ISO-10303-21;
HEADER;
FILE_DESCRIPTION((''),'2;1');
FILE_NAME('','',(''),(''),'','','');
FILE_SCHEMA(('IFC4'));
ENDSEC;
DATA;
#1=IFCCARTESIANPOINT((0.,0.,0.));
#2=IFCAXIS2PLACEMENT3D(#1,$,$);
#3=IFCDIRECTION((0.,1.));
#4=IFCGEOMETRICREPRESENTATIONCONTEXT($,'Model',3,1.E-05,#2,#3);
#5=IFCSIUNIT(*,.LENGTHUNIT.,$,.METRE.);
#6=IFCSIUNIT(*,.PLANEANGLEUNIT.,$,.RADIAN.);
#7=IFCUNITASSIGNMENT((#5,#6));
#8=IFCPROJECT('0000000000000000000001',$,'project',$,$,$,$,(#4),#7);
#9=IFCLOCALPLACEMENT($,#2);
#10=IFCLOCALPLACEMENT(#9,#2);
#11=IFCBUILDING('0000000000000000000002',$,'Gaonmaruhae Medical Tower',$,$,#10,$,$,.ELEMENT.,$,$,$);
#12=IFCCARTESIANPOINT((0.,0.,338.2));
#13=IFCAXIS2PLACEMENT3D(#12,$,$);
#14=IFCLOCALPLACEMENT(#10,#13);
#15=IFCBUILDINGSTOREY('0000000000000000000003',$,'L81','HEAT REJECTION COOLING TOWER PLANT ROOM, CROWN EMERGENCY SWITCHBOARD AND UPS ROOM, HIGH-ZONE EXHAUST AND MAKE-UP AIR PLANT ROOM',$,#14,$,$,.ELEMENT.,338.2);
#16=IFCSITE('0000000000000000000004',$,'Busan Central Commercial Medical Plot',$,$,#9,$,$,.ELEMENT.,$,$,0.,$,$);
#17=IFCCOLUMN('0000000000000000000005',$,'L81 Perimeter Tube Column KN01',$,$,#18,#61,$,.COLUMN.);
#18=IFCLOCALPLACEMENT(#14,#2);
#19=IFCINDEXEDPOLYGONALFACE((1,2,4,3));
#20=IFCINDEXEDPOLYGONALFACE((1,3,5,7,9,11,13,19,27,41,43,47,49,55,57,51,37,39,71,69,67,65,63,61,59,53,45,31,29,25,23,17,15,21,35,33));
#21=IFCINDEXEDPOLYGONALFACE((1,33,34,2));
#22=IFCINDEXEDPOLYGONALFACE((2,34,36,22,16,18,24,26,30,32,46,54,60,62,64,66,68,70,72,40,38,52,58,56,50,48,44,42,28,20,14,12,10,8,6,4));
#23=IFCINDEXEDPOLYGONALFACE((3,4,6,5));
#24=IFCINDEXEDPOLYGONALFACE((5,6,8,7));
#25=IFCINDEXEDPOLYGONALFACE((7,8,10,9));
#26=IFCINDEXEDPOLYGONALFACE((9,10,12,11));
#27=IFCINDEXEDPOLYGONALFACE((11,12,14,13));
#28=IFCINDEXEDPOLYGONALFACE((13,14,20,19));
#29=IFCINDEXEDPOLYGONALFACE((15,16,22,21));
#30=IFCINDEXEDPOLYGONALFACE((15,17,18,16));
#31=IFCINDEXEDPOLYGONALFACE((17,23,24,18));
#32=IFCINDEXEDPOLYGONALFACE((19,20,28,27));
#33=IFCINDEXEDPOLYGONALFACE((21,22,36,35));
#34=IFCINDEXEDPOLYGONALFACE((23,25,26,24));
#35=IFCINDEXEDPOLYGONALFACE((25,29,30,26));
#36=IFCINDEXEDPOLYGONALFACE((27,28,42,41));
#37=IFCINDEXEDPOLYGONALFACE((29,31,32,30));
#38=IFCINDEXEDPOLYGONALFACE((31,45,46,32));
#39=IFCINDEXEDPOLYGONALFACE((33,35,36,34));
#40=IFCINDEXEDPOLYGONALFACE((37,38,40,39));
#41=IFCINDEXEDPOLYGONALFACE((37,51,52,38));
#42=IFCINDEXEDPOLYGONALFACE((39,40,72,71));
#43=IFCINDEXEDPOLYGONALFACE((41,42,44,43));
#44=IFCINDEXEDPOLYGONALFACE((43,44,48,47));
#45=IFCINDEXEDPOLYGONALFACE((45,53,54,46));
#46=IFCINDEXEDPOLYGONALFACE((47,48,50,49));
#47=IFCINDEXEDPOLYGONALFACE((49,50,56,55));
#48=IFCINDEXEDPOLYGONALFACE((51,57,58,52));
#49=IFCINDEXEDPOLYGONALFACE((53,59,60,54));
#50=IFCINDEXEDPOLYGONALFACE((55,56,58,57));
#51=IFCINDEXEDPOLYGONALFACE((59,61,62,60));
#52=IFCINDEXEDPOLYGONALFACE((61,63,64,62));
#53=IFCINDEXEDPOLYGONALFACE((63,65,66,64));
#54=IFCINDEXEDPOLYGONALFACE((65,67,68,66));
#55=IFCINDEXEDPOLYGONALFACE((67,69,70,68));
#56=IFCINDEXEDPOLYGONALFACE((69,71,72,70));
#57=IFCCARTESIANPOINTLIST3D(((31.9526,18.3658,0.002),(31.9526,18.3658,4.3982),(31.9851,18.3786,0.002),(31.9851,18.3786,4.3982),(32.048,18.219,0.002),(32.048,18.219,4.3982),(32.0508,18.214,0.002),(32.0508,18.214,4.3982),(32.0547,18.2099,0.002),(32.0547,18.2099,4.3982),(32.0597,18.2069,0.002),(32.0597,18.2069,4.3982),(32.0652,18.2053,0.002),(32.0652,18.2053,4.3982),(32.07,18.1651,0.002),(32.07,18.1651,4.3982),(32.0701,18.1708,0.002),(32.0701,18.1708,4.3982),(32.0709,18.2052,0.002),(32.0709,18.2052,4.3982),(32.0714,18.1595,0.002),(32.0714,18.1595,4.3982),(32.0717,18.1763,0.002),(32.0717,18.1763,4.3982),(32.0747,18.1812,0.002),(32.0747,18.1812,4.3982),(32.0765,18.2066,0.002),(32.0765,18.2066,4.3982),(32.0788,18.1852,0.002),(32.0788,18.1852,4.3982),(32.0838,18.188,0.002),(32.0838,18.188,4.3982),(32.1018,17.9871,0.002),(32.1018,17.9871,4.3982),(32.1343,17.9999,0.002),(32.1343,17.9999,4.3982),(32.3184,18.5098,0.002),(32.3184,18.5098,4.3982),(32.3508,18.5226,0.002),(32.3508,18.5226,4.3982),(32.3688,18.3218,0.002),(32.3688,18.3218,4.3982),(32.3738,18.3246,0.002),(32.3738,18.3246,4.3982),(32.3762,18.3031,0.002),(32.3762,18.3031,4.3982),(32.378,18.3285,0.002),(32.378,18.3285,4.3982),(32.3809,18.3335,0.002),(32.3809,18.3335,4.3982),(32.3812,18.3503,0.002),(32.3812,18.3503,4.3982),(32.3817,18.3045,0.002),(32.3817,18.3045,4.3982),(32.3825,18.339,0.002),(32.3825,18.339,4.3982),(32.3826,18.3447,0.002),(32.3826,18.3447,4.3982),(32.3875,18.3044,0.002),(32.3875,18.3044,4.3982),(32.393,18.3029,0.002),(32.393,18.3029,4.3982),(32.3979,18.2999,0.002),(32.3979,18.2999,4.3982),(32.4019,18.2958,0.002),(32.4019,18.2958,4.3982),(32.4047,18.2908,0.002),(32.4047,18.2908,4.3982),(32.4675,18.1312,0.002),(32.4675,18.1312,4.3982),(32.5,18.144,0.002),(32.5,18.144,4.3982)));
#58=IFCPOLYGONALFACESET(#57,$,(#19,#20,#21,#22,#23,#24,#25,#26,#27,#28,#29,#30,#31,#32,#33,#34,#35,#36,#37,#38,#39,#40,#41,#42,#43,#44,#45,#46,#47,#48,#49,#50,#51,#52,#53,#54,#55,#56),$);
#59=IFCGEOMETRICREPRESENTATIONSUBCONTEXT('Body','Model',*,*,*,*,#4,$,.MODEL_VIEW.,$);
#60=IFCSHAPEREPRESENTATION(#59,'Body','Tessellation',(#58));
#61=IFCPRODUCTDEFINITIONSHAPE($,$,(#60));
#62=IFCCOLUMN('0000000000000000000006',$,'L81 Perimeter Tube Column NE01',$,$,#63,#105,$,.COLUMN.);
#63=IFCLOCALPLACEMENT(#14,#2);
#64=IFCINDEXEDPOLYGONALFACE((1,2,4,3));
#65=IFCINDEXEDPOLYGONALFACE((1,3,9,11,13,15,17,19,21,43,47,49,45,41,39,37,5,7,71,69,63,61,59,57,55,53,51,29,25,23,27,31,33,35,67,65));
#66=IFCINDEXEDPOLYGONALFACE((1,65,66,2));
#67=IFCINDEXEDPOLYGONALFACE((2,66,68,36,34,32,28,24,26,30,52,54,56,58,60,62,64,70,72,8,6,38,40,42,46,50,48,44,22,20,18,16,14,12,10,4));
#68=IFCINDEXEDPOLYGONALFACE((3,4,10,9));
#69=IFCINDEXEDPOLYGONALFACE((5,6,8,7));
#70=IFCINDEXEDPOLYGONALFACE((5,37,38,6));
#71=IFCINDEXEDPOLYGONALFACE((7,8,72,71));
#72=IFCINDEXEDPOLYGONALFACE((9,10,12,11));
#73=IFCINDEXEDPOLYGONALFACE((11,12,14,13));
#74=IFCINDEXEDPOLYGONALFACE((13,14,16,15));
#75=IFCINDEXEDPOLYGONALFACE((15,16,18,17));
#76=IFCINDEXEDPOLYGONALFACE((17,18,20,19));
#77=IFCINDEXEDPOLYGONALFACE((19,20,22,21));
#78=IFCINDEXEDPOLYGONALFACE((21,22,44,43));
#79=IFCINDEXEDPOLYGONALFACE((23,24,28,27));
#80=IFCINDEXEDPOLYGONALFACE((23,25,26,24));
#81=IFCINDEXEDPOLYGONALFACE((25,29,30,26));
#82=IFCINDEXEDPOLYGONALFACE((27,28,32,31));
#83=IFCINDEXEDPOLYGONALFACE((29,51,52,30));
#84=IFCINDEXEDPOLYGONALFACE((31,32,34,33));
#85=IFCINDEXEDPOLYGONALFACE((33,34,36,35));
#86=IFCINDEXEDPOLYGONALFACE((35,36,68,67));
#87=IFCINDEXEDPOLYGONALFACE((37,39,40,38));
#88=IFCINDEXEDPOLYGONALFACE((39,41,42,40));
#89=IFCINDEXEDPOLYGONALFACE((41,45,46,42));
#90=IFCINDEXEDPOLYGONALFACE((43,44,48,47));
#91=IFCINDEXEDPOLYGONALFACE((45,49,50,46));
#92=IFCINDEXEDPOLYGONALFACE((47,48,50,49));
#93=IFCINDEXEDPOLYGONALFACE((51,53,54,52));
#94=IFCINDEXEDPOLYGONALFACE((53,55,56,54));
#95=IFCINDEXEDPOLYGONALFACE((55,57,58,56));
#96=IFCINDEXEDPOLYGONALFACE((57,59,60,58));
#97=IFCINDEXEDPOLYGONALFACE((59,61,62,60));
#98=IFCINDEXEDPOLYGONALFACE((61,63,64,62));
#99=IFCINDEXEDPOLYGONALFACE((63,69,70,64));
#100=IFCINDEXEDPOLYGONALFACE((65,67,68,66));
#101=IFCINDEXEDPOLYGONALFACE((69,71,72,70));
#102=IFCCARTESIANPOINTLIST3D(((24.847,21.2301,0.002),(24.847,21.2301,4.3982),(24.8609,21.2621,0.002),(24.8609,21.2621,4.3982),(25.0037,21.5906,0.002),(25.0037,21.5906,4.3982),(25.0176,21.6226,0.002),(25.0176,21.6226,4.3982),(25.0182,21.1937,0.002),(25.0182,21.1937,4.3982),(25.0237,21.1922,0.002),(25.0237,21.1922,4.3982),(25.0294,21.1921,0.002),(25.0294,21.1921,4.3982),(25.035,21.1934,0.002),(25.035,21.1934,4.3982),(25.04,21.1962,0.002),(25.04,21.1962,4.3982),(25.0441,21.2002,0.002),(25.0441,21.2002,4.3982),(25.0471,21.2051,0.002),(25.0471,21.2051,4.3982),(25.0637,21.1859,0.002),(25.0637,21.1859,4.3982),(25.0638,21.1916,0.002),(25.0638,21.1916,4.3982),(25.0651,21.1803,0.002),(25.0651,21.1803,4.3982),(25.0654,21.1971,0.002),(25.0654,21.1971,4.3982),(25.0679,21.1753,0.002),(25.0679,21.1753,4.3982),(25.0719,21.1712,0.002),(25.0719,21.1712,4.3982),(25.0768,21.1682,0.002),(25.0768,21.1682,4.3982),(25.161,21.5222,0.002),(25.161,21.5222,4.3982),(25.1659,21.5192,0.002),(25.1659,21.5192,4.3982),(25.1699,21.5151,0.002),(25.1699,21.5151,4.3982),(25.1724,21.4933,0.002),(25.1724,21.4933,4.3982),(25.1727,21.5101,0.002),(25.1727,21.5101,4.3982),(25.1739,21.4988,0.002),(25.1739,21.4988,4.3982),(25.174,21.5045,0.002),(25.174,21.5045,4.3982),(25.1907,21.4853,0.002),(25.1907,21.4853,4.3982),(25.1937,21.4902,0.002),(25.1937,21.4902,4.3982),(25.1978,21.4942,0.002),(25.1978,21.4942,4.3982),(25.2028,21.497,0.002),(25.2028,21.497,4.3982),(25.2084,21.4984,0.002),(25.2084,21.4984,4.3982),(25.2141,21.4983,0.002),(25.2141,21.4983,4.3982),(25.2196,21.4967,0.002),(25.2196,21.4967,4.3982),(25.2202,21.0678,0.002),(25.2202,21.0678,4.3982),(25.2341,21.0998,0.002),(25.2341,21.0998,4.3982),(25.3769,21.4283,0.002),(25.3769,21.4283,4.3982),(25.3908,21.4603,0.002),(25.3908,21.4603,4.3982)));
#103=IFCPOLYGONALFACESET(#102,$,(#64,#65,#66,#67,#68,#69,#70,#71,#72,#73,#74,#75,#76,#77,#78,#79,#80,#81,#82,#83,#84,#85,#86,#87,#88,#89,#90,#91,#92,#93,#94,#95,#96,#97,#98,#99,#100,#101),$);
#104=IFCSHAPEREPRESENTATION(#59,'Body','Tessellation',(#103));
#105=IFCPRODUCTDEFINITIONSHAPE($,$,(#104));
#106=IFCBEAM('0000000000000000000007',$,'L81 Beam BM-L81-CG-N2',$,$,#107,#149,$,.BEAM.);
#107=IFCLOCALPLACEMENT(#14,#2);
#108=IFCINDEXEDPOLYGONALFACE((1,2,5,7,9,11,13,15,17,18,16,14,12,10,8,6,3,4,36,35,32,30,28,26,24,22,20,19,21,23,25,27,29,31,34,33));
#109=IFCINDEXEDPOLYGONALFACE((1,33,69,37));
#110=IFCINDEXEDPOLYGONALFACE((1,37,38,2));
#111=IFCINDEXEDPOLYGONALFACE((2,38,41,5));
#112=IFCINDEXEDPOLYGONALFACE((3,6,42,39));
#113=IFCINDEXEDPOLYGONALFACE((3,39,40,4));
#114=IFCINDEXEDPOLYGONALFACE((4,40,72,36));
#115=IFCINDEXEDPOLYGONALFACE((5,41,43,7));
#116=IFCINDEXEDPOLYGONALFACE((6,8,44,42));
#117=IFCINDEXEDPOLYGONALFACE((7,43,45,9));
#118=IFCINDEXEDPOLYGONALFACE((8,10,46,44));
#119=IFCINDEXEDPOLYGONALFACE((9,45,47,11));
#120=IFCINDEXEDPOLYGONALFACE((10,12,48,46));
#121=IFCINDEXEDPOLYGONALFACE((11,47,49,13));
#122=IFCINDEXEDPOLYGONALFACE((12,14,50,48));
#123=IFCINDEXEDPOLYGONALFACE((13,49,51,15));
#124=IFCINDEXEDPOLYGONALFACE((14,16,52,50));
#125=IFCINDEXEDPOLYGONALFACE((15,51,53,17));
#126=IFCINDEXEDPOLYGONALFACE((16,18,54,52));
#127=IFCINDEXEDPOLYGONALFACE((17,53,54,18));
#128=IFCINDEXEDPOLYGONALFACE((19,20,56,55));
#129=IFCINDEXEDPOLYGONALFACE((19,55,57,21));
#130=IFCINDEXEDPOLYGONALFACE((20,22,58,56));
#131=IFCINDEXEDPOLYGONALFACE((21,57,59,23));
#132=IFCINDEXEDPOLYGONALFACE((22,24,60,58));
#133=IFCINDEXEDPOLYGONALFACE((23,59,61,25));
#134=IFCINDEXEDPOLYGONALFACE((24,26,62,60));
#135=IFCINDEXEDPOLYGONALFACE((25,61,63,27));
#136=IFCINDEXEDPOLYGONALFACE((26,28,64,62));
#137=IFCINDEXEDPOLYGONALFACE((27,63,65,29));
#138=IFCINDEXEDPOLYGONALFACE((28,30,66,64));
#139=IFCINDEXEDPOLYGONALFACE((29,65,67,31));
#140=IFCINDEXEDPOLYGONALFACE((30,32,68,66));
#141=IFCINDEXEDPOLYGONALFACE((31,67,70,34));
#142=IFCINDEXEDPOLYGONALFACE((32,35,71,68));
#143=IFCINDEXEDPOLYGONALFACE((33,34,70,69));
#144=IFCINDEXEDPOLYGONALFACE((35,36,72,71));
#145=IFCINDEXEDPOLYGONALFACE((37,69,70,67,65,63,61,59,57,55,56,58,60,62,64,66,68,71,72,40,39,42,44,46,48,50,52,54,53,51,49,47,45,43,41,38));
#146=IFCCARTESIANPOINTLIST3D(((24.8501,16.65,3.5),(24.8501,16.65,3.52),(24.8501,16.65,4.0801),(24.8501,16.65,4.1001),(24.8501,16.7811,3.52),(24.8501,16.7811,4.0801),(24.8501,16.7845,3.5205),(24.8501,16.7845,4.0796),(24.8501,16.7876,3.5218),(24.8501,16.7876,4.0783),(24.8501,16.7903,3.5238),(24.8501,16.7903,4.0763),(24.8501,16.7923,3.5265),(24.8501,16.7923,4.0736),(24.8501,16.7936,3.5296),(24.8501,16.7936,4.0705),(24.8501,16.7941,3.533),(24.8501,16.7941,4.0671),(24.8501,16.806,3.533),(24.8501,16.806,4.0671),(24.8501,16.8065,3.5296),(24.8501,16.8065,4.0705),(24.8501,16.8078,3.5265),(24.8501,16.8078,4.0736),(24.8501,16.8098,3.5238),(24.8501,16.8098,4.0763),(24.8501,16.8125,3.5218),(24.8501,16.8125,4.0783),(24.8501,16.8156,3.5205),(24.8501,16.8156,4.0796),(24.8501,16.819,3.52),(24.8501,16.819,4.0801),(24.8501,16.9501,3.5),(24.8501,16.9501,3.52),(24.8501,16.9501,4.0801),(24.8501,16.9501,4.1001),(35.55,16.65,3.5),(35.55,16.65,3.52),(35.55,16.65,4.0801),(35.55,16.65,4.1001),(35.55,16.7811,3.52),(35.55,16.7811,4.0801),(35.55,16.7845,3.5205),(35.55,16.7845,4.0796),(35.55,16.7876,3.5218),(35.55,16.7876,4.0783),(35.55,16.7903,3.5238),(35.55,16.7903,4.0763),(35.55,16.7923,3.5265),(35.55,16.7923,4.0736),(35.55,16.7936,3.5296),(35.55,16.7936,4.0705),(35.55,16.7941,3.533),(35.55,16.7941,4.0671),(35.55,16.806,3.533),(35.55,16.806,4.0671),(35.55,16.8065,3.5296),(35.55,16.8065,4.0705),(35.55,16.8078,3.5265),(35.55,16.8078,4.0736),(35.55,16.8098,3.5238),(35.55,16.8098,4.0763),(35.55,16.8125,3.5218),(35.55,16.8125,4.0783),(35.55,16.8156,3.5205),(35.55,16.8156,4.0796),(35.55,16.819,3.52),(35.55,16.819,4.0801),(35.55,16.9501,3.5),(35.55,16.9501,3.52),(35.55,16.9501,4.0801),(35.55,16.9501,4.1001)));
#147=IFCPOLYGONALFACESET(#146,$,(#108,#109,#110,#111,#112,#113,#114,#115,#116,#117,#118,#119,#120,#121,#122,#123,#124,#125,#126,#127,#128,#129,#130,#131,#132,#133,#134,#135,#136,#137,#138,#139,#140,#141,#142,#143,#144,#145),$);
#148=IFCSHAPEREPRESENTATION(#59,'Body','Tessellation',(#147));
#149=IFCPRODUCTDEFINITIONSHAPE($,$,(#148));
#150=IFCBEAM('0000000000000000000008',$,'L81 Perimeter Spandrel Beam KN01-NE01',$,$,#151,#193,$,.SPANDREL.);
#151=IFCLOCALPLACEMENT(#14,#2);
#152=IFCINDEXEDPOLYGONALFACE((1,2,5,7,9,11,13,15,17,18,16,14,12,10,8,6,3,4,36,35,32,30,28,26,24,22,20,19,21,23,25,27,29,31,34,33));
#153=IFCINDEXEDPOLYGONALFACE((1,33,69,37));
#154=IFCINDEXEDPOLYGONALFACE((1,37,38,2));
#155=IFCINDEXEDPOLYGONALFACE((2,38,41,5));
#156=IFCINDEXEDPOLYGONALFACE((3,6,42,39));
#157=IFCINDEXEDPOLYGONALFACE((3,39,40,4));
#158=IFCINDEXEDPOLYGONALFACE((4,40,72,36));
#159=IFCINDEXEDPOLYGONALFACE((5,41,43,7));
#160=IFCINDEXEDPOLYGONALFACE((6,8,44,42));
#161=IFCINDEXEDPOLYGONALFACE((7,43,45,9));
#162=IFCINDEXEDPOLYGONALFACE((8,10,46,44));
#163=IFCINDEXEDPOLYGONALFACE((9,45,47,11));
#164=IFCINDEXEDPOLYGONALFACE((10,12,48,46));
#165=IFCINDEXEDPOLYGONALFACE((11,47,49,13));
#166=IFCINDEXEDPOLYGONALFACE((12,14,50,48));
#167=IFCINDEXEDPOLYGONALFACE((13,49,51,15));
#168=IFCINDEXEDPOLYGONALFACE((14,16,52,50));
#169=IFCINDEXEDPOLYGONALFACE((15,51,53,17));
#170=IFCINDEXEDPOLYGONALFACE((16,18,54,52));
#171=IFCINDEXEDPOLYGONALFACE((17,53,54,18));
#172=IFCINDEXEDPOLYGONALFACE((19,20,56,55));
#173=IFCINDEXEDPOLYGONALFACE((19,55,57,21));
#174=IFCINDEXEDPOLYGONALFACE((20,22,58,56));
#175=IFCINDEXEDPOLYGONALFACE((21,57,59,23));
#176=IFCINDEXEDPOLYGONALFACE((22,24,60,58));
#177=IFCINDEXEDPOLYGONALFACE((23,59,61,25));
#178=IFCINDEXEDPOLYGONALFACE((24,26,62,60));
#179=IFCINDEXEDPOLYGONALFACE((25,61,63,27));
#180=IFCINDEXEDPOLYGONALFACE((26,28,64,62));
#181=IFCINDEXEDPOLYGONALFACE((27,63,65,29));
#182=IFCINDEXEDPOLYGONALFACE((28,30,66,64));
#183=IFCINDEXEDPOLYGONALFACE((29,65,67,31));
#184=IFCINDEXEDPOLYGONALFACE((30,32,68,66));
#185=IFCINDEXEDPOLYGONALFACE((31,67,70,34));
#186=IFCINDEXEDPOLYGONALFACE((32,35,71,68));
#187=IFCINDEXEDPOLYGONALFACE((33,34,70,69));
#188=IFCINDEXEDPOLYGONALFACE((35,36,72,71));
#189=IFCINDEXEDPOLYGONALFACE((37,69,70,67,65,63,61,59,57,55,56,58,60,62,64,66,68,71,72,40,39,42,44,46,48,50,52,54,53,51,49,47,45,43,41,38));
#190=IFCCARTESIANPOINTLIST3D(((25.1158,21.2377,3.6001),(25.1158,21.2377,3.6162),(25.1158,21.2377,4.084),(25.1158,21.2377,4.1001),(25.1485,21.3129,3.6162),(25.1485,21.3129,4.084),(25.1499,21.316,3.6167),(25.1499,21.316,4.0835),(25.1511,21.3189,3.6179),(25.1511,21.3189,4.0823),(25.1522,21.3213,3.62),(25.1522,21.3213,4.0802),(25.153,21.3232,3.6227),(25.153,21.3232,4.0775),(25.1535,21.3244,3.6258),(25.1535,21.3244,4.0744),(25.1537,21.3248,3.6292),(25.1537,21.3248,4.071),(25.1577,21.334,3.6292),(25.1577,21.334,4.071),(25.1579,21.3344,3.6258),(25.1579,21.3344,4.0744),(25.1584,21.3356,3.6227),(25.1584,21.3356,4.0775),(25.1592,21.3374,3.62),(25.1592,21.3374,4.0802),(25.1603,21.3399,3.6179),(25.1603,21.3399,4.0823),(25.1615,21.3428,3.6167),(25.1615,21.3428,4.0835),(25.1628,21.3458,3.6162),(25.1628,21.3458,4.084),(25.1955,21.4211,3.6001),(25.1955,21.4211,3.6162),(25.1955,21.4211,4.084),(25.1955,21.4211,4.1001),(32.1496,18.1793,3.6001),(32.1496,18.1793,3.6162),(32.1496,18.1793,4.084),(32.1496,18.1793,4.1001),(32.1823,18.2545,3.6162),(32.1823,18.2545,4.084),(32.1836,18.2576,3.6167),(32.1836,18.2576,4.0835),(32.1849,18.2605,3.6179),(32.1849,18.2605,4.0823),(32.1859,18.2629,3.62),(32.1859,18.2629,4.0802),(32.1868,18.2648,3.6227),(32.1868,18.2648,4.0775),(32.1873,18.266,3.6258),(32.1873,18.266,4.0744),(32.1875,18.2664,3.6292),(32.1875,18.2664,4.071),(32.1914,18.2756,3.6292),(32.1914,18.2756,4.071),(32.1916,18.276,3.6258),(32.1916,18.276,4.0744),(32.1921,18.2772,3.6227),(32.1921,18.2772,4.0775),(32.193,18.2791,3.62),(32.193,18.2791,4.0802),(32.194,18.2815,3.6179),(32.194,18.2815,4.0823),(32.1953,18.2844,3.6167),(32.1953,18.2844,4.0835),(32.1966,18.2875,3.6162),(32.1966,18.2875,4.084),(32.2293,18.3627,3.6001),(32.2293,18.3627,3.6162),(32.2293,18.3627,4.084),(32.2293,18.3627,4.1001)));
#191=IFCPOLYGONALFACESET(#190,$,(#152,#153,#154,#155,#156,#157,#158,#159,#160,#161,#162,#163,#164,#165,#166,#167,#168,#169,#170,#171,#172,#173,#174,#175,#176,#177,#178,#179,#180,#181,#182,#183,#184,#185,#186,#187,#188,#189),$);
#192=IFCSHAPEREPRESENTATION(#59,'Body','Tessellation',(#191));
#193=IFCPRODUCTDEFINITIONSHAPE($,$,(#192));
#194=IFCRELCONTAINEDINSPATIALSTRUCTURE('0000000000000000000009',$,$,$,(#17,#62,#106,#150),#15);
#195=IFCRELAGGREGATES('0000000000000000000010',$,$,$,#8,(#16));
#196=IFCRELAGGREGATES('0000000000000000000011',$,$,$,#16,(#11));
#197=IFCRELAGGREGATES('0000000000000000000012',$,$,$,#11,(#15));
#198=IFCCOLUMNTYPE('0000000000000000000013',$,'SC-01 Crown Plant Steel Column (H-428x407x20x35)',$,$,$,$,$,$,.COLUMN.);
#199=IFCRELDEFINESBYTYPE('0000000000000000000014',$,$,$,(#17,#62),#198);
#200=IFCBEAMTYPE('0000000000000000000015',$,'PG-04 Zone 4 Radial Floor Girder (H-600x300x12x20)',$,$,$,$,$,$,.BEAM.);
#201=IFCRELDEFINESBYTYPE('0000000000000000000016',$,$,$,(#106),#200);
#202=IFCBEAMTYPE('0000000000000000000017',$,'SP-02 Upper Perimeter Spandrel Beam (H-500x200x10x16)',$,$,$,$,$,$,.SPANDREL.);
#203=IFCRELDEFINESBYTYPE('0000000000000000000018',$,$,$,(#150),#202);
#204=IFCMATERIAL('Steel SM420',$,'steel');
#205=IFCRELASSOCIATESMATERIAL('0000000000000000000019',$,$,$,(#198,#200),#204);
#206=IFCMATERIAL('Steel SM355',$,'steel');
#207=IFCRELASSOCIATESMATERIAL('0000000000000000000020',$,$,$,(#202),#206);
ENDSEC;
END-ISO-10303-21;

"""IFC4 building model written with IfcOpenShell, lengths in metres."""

from ifc_helpers import new_model, si_unit, direction, frame, origin, origin_2d, place, context, subcontext, project, spatial, i_section, extrude, material, material_profile, profile_set, type_object, element, save


model = new_model("IFC4")

# Units and contexts
model_context = context("Model", 3, precision=1e-05, world=origin(), true_north=direction((0.0, 1.0)))
body_context = subcontext(model_context, "Body", "Model", "MODEL_VIEW")
ifc_project = project(units=[si_unit("LENGTHUNIT", "METRE"), si_unit("PLANEANGLEUNIT", "RADIAN")], contexts=[model_context])

# Site, building, storey
site_placement = place(None, origin())
site = spatial("IfcSite", under=ifc_project, at=site_placement, Name="Busan Central Commercial Medical Plot", CompositionType="ELEMENT", RefElevation=0.0)
building_placement = place(site_placement, origin())
building = spatial("IfcBuilding", under=site, at=building_placement, Name="Gaonmaruhae Medical Tower", CompositionType="ELEMENT")
storey_placement = place(building_placement, frame((0.0, 0.0, 338.2)))
storey = spatial("IfcBuildingStorey", under=building, at=storey_placement, Name="L81", Description="HEAT REJECTION COOLING TOWER PLANT ROOM, CROWN EMERGENCY SWITCHBOARD AND UPS ROOM, HIGH-ZONE EXHAUST AND MAKE-UP AIR PLANT ROOM", CompositionType="ELEMENT", Elevation=338.2)

# Columns
ifc_material_1 = material(Name="Steel SM420", Category="steel")
ifc_material_profile_1 = material_profile(ifc_material_1, i_section(OverallWidth=0.407, OverallDepth=0.428, WebThickness=0.02, FlangeThickness=0.0349, FilletRadius=0.022, at=origin_2d()), Name="H-428x407x20x35")
ifc_profile_set_1 = profile_set([ifc_material_profile_1], Name="Steel SM420")
column_type = type_object("IfcColumnType", Name="SC-01 Crown Plant Steel Column (H-428x407x20x35)", PredefinedType="COLUMN", material=ifc_profile_set_1)
for number, where, z_axis, x_axis, name in (
    (1, (32.2263, 18.2549, 0.002), (0.0, 0.0, 1.0), (-0.366501, 0.930418, 0.0), "L81 Perimeter Tube Column KN01"),
    (2, (25.1189, 21.3452, 0.002), (0.0, 0.0, 1.0), (-0.91706, 0.398749, 0.0), "L81 Perimeter Tube Column NE01"),
):
    element("IfcColumn", number, at=place(storey_placement, frame(where, z_axis=z_axis, x_axis=x_axis)), inside=storey, type_object=column_type, Name=name, PredefinedType="COLUMN", context=body_context, shape_type="SweptSolid", body=[
        extrude(i_section(OverallWidth=0.407, OverallDepth=0.428, WebThickness=0.02, FlangeThickness=0.0349, FilletRadius=0.022, at=origin_2d()), origin(), (0.0, 0.0, 1.0), 4.3962),
    ])

# Beams
ifc_material_profile_2 = material_profile(ifc_material_1, i_section(OverallWidth=0.3, OverallDepth=0.6001, WebThickness=0.012, FlangeThickness=0.02, FilletRadius=0.0129, at=origin_2d()), Name="H-600x300x12x20")
ifc_profile_set_2 = profile_set([ifc_material_profile_2], Name="Steel SM420")
beam_type_1 = type_object("IfcBeamType", Name="PG-04 Zone 4 Radial Floor Girder (H-600x300x12x20)", PredefinedType="BEAM", material=ifc_profile_set_2)
beam_1_placement = place(storey_placement, frame((24.8501, 16.8, 3.8), z_axis=(1.0, 0.0, 0.0), x_axis=(0.0, 1.0, 0.0)))
element("IfcBeam", 3, at=beam_1_placement, inside=storey, type_object=beam_type_1, Name="L81 Beam BM-L81-CG-N2", PredefinedType="BEAM", context=body_context, shape_type="SweptSolid", body=[
    extrude(i_section(OverallWidth=0.3, OverallDepth=0.6001, WebThickness=0.012, FlangeThickness=0.02, FilletRadius=0.0129, at=origin_2d()), origin(), (0.0, 0.0, 1.0), 10.7),
])
ifc_material_2 = material(Name="Steel SM355", Category="steel")
ifc_material_profile_3 = material_profile(ifc_material_2, i_section(OverallWidth=0.2, OverallDepth=0.5, WebThickness=0.01, FlangeThickness=0.0161, FilletRadius=0.0129, at=origin_2d()), Name="H-500x200x10x16")
ifc_profile_set_3 = profile_set([ifc_material_profile_3], Name="Steel SM355")
beam_type_2 = type_object("IfcBeamType", Name="SP-02 Upper Perimeter Spandrel Beam (H-500x200x10x16)", PredefinedType="SPANDREL", material=ifc_profile_set_3)
beam_2_placement = place(storey_placement, frame((32.1895, 18.271, 3.8501), z_axis=(-0.917059, 0.398751, 0.0), x_axis=(-0.398751, -0.917059, 0.0)))
element("IfcBeam", 4, at=beam_2_placement, inside=storey, type_object=beam_type_2, Name="L81 Perimeter Spandrel Beam KN01-NE01", PredefinedType="SPANDREL", context=body_context, shape_type="SweptSolid", body=[
    extrude(i_section(OverallWidth=0.2, OverallDepth=0.5, WebThickness=0.01, FlangeThickness=0.0161, FilletRadius=0.0129, at=origin_2d()), origin(), (0.0, 0.0, 1.0), 7.6699),
])

save(model, "model.ifc")
